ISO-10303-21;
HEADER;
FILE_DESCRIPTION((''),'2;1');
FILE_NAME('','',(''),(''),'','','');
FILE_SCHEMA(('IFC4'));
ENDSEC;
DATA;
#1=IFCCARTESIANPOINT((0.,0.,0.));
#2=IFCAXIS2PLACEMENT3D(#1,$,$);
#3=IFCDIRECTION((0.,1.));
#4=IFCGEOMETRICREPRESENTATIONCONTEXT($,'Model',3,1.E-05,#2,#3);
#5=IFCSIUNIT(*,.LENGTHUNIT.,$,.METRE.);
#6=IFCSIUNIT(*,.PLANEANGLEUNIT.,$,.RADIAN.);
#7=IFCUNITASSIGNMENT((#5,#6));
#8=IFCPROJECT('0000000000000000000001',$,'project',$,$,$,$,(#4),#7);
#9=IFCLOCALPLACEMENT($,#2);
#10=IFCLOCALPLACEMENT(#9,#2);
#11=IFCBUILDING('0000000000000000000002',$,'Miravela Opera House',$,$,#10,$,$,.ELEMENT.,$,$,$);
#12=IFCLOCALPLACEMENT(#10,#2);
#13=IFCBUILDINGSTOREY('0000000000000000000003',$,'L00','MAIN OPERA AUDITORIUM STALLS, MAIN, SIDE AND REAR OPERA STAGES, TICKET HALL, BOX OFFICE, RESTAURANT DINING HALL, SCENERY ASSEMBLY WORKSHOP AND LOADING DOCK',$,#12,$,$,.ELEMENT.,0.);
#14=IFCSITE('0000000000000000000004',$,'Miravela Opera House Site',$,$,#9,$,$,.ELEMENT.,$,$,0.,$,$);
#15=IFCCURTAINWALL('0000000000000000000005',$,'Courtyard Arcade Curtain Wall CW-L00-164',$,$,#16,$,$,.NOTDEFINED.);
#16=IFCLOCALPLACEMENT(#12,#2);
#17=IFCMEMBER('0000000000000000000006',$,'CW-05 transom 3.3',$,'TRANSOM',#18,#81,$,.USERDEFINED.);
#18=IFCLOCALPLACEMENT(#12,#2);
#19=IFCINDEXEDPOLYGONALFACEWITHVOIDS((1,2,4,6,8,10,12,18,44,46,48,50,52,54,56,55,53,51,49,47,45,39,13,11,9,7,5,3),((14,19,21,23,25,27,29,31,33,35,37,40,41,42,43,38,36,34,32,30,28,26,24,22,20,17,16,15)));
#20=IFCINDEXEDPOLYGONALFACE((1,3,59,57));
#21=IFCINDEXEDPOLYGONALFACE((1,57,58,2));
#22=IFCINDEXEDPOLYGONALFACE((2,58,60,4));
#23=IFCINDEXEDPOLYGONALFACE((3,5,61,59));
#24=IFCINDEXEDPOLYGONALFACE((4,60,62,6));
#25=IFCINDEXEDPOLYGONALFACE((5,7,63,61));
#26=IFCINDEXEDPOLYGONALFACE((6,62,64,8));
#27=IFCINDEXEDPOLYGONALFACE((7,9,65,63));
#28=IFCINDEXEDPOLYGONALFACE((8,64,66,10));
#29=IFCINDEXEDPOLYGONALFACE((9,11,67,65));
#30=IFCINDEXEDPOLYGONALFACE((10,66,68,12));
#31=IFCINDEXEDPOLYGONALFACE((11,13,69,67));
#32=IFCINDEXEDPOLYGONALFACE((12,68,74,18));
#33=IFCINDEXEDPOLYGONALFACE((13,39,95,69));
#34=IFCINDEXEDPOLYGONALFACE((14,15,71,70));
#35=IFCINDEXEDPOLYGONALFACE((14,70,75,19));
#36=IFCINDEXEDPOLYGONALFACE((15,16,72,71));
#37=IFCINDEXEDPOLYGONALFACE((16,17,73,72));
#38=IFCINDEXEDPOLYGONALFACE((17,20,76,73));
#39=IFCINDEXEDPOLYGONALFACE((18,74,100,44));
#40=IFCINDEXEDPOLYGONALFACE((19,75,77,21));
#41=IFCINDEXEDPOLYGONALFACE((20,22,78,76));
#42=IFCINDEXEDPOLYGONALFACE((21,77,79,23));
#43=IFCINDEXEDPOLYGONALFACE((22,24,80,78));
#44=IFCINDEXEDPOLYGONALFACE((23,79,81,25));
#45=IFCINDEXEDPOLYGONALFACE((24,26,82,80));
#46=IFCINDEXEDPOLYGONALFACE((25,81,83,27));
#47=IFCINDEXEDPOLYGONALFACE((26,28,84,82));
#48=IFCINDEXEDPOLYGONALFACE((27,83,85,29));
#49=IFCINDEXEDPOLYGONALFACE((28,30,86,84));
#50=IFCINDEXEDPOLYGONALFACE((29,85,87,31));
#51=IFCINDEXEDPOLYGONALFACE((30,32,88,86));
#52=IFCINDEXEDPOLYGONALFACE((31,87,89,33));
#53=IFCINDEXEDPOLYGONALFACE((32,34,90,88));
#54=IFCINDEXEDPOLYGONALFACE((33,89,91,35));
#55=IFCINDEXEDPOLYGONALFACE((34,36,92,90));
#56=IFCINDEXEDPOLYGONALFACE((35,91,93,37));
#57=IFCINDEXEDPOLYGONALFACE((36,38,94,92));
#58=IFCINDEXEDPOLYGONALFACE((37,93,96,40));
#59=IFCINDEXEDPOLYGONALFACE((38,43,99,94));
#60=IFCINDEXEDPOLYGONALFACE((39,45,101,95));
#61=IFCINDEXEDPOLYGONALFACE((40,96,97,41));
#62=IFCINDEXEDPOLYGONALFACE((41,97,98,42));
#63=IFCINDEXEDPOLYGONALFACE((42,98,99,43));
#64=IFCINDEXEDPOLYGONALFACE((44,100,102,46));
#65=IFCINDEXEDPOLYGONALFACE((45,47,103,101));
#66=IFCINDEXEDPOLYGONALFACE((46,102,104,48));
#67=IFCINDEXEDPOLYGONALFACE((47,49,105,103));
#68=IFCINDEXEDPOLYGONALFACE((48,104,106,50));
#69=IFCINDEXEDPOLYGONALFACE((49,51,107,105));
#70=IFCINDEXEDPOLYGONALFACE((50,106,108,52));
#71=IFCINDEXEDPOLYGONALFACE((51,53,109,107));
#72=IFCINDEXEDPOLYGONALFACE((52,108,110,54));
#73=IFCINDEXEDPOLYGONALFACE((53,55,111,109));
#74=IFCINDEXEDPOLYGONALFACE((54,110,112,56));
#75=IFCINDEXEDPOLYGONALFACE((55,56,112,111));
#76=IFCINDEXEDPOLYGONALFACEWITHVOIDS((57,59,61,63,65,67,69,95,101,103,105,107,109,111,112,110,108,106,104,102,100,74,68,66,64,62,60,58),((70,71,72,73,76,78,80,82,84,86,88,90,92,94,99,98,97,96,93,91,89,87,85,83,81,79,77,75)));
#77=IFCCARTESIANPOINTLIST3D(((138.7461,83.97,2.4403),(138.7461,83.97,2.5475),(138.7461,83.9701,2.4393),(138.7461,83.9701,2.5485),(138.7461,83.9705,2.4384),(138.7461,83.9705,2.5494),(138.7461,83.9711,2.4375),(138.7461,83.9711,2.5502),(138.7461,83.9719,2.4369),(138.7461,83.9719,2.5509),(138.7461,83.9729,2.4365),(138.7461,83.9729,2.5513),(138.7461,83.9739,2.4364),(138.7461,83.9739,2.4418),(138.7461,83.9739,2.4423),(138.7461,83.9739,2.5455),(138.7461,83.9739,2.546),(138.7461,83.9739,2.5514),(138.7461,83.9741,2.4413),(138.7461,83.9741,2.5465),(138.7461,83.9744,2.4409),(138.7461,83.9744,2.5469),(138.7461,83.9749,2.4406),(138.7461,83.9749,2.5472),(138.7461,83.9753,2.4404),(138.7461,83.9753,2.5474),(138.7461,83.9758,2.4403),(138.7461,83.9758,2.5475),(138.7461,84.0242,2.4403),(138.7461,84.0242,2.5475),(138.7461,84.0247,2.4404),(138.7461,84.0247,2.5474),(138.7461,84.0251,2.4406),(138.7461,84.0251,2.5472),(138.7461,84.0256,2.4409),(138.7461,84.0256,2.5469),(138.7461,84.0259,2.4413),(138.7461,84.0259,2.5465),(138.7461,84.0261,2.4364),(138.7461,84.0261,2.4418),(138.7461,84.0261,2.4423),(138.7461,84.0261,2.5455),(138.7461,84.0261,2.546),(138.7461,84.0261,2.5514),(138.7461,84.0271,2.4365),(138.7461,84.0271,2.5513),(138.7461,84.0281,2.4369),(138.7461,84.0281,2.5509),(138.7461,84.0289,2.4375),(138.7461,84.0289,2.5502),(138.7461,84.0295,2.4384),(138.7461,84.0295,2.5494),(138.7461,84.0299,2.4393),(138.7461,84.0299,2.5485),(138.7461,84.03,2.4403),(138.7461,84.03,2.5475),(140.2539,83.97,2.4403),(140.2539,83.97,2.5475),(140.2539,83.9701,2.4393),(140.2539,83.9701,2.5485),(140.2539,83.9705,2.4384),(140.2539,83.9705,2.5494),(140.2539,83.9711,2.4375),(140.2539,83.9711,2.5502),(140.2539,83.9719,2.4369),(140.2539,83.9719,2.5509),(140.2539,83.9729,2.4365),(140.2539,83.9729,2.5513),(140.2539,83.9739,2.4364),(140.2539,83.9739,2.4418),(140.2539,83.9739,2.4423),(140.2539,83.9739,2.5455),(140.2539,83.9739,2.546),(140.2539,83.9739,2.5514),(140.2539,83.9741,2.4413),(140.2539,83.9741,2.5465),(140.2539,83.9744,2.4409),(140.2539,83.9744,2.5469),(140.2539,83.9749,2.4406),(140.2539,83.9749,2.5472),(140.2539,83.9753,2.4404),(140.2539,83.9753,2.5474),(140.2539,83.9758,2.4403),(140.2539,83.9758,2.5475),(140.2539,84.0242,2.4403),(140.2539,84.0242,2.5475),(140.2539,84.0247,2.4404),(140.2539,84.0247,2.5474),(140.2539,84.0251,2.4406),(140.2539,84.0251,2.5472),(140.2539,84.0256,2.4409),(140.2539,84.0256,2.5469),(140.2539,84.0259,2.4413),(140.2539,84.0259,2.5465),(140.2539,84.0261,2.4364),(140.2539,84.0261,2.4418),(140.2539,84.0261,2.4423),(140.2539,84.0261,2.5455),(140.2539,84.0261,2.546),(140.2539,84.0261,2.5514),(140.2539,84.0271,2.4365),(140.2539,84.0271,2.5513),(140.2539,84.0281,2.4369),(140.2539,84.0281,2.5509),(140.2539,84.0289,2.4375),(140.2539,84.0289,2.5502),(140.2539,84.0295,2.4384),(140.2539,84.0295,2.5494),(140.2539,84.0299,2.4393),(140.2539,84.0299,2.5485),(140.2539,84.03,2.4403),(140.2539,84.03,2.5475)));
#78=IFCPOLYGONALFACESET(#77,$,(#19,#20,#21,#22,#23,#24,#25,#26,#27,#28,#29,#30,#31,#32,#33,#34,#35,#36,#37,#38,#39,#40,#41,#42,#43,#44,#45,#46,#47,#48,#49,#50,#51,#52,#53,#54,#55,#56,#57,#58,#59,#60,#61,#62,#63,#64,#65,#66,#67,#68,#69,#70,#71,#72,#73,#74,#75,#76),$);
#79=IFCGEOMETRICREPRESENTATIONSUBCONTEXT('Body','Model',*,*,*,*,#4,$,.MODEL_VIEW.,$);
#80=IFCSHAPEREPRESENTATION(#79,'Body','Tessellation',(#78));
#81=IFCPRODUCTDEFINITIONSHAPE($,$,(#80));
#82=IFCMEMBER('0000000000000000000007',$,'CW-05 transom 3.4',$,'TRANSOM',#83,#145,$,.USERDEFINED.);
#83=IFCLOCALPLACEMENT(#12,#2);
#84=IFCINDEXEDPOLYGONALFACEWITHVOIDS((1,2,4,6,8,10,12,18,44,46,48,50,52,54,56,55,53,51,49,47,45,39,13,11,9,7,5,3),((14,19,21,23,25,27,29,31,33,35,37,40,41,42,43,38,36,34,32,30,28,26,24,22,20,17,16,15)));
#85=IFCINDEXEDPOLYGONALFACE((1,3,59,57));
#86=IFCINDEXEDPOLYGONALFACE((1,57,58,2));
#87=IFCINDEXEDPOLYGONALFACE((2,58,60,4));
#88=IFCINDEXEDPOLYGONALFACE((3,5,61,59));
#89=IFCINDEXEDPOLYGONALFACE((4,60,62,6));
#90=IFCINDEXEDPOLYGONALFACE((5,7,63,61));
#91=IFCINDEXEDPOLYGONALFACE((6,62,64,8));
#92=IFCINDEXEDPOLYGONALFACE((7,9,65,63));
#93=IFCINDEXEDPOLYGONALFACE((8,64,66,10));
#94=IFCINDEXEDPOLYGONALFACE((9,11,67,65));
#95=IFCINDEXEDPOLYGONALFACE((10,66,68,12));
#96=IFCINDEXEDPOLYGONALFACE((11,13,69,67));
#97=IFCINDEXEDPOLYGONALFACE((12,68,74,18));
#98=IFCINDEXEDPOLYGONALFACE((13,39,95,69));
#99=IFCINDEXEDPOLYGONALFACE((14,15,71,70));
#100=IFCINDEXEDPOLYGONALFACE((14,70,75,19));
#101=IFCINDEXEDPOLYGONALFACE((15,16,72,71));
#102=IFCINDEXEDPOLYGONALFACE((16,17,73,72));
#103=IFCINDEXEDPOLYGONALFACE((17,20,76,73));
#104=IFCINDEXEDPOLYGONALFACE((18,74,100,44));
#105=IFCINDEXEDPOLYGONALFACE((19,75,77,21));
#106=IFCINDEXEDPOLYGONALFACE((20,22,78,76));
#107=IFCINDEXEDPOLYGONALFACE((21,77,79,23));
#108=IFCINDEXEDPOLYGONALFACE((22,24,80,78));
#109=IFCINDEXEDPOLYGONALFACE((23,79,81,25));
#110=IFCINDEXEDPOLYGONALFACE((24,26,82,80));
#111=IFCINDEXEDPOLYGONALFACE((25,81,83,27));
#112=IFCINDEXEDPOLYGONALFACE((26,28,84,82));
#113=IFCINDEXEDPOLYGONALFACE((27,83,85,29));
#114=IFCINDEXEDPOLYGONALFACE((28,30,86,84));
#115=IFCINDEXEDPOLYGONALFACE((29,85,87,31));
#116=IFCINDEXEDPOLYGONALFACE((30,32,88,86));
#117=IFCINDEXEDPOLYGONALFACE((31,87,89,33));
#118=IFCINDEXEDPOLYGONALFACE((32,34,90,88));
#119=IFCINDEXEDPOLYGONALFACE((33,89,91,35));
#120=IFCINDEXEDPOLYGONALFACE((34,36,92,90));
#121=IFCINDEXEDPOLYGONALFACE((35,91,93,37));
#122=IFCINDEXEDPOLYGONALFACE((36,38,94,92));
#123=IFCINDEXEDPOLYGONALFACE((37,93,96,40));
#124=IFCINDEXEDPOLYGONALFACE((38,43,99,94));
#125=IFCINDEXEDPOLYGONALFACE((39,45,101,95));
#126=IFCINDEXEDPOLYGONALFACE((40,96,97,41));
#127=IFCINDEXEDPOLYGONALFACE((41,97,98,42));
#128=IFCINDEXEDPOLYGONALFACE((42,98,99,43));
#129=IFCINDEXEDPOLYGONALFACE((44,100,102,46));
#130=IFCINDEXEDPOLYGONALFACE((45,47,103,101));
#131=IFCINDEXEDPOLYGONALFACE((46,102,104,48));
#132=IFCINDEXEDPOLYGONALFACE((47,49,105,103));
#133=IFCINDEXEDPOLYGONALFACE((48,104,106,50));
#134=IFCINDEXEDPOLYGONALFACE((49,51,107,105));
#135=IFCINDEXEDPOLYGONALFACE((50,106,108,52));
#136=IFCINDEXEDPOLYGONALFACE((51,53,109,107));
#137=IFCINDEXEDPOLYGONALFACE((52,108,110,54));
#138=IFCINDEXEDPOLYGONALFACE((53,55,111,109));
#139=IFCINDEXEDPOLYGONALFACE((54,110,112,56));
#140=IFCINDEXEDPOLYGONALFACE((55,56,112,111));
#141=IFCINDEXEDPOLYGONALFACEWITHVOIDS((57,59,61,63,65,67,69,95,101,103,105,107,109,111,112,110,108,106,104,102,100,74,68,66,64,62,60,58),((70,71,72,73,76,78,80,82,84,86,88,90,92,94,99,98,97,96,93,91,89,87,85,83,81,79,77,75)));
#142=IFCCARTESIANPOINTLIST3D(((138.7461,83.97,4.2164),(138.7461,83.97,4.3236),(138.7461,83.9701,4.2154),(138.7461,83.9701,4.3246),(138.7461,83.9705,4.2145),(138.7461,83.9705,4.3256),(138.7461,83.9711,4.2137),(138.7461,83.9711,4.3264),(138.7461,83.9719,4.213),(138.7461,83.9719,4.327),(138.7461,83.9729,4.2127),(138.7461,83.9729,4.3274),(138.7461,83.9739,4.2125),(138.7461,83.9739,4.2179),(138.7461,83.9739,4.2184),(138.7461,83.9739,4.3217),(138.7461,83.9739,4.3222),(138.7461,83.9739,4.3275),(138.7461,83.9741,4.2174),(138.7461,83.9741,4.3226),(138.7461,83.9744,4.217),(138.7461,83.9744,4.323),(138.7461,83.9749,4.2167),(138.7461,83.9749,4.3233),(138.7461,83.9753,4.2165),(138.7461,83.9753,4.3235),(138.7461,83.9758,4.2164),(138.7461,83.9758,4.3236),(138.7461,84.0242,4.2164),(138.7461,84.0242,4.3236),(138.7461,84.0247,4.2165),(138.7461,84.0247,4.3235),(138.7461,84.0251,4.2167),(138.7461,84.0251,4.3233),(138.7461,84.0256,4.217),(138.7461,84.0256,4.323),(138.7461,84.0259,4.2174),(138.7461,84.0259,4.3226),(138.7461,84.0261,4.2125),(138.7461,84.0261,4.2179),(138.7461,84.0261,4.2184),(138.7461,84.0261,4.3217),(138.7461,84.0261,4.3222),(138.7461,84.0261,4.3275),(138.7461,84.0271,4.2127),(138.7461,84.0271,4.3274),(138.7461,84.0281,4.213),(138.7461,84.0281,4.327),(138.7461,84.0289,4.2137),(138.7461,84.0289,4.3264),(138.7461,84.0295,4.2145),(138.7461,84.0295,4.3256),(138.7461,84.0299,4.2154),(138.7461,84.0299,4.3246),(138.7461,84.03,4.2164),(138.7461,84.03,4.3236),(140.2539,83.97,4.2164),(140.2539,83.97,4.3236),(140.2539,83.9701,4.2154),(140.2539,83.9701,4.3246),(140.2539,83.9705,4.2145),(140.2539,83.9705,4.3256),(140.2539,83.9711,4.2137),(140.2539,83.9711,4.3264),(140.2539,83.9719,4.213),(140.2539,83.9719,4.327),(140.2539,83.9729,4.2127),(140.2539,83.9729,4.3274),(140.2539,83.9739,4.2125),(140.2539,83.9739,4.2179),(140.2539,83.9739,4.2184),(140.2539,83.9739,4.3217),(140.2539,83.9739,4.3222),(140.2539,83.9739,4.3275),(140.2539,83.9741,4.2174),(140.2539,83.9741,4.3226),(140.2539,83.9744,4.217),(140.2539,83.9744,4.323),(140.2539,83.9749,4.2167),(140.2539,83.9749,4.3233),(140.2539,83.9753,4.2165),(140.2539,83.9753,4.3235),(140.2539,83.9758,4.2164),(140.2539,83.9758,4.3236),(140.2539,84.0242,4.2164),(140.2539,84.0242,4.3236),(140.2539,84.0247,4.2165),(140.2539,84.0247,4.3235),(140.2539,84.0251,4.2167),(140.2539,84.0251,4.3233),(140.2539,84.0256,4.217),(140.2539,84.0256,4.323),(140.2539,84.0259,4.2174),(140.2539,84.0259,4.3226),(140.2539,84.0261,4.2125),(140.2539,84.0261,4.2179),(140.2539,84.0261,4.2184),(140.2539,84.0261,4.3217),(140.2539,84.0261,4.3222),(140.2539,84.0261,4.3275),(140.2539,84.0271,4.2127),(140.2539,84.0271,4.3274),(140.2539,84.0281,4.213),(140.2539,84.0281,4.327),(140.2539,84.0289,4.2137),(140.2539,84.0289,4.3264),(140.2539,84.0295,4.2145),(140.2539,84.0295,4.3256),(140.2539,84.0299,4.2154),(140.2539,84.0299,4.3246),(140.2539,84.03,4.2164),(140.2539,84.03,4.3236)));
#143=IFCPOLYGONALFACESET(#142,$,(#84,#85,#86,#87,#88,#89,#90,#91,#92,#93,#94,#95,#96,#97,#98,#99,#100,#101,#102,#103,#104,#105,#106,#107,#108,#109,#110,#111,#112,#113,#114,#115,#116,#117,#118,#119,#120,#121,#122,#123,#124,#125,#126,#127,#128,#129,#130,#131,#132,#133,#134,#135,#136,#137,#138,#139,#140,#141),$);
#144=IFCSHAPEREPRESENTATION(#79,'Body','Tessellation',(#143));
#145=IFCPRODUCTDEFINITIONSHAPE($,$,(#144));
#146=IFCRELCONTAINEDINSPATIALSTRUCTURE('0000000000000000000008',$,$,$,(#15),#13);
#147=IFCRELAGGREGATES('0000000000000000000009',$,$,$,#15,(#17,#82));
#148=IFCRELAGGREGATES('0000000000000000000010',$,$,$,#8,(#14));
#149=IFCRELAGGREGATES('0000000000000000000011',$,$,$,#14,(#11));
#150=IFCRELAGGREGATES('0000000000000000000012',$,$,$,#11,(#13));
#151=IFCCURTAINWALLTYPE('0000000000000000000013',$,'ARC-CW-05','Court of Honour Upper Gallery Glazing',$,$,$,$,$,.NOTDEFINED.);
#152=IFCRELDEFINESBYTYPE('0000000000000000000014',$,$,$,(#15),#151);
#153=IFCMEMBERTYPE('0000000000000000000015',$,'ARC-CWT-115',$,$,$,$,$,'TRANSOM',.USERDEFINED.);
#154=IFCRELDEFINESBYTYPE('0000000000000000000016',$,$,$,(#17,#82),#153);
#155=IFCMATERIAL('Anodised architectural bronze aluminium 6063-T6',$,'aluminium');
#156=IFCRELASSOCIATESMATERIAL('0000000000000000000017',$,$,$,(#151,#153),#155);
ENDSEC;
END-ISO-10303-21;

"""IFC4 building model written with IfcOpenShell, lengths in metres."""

from ifc_helpers import new_model, si_unit, direction, frame, origin, origin_2d, place, context, subcontext, project, spatial, hollow_rectangle, extrude, material, material_profile, profile_set, type_object, element, aggregate, save


model = new_model("IFC4")

# Units and contexts
model_context = context("Model", 3, precision=1e-05, world=origin(), true_north=direction((0.0, 1.0)))
body_context = subcontext(model_context, "Body", "Model", "MODEL_VIEW")
ifc_project = project(units=[si_unit("LENGTHUNIT", "METRE"), si_unit("PLANEANGLEUNIT", "RADIAN")], contexts=[model_context])

# Site, building, storey
site_placement = place(None, origin())
site = spatial("IfcSite", under=ifc_project, at=site_placement, Name="Miravela Opera House Site", CompositionType="ELEMENT", RefElevation=0.0)
building_placement = place(site_placement, origin())
building = spatial("IfcBuilding", under=site, at=building_placement, Name="Miravela Opera House", CompositionType="ELEMENT")
storey_placement = place(building_placement, origin())
storey = spatial("IfcBuildingStorey", under=building, at=storey_placement, Name="L00", Description="MAIN OPERA AUDITORIUM STALLS, MAIN, SIDE AND REAR OPERA STAGES, TICKET HALL, BOX OFFICE, RESTAURANT DINING HALL, SCENERY ASSEMBLY WORKSHOP AND LOADING DOCK", CompositionType="ELEMENT", Elevation=0.0)

# Curtain wall, members
ifc_material_1 = material(Name="Anodised architectural bronze aluminium 6063-T6", Category="aluminium")
curtain_wall_type = type_object("IfcCurtainWallType", Name="ARC-CW-05", Description="Court of Honour Upper Gallery Glazing", PredefinedType="NOTDEFINED", material=ifc_material_1)
curtain_wall_placement = place(storey_placement, origin())
curtain_wall = element("IfcCurtainWall", 1, at=curtain_wall_placement, inside=storey, type_object=curtain_wall_type, Name="Courtyard Arcade Curtain Wall CW-L00-164", PredefinedType="NOTDEFINED")
ifc_material_profile_1 = material_profile(ifc_material_1, hollow_rectangle(XDim=0.0601, YDim=0.115, WallThickness=0.0039, InnerFilletRadius=0.002, OuterFilletRadius=0.0039, at=origin_2d()), Name="CWT-60X115")
ifc_profile_set_1 = profile_set([ifc_material_profile_1])
member_type_1 = type_object("IfcMemberType", Name="ARC-CWT-115", ElementType="TRANSOM", PredefinedType="USERDEFINED", material=ifc_profile_set_1)
member_1_placement = place(storey_placement, frame((138.7461, 84.0, 2.4939), z_axis=(1.0, 0.0, 0.0), x_axis=(0.0, 1.0, 0.0)))
member_1 = element("IfcMember", 2, at=member_1_placement, type_object=member_type_1, Name="CW-05 transom 3.3", ObjectType="TRANSOM", PredefinedType="USERDEFINED", context=body_context, shape_type="SweptSolid", body=[
    extrude(hollow_rectangle(XDim=0.0601, YDim=0.115, WallThickness=0.0039, InnerFilletRadius=0.002, OuterFilletRadius=0.0039, at=origin_2d()), origin(), (0.0, 0.0, 1.0), 1.5078),
])
member_2_placement = place(storey_placement, frame((138.7461, 84.0, 4.27), z_axis=(1.0, 0.0, 0.0), x_axis=(0.0, 1.0, 0.0)))
member_2 = element("IfcMember", 3, at=member_2_placement, type_object=member_type_1, Name="CW-05 transom 3.4", ObjectType="TRANSOM", PredefinedType="USERDEFINED", context=body_context, shape_type="SweptSolid", body=[
    extrude(hollow_rectangle(XDim=0.0601, YDim=0.115, WallThickness=0.0039, InnerFilletRadius=0.002, OuterFilletRadius=0.0039, at=origin_2d()), origin(), (0.0, 0.0, 1.0), 1.5078),
])
aggregate(curtain_wall, [member_1, member_2])

save(model, "model.ifc")
